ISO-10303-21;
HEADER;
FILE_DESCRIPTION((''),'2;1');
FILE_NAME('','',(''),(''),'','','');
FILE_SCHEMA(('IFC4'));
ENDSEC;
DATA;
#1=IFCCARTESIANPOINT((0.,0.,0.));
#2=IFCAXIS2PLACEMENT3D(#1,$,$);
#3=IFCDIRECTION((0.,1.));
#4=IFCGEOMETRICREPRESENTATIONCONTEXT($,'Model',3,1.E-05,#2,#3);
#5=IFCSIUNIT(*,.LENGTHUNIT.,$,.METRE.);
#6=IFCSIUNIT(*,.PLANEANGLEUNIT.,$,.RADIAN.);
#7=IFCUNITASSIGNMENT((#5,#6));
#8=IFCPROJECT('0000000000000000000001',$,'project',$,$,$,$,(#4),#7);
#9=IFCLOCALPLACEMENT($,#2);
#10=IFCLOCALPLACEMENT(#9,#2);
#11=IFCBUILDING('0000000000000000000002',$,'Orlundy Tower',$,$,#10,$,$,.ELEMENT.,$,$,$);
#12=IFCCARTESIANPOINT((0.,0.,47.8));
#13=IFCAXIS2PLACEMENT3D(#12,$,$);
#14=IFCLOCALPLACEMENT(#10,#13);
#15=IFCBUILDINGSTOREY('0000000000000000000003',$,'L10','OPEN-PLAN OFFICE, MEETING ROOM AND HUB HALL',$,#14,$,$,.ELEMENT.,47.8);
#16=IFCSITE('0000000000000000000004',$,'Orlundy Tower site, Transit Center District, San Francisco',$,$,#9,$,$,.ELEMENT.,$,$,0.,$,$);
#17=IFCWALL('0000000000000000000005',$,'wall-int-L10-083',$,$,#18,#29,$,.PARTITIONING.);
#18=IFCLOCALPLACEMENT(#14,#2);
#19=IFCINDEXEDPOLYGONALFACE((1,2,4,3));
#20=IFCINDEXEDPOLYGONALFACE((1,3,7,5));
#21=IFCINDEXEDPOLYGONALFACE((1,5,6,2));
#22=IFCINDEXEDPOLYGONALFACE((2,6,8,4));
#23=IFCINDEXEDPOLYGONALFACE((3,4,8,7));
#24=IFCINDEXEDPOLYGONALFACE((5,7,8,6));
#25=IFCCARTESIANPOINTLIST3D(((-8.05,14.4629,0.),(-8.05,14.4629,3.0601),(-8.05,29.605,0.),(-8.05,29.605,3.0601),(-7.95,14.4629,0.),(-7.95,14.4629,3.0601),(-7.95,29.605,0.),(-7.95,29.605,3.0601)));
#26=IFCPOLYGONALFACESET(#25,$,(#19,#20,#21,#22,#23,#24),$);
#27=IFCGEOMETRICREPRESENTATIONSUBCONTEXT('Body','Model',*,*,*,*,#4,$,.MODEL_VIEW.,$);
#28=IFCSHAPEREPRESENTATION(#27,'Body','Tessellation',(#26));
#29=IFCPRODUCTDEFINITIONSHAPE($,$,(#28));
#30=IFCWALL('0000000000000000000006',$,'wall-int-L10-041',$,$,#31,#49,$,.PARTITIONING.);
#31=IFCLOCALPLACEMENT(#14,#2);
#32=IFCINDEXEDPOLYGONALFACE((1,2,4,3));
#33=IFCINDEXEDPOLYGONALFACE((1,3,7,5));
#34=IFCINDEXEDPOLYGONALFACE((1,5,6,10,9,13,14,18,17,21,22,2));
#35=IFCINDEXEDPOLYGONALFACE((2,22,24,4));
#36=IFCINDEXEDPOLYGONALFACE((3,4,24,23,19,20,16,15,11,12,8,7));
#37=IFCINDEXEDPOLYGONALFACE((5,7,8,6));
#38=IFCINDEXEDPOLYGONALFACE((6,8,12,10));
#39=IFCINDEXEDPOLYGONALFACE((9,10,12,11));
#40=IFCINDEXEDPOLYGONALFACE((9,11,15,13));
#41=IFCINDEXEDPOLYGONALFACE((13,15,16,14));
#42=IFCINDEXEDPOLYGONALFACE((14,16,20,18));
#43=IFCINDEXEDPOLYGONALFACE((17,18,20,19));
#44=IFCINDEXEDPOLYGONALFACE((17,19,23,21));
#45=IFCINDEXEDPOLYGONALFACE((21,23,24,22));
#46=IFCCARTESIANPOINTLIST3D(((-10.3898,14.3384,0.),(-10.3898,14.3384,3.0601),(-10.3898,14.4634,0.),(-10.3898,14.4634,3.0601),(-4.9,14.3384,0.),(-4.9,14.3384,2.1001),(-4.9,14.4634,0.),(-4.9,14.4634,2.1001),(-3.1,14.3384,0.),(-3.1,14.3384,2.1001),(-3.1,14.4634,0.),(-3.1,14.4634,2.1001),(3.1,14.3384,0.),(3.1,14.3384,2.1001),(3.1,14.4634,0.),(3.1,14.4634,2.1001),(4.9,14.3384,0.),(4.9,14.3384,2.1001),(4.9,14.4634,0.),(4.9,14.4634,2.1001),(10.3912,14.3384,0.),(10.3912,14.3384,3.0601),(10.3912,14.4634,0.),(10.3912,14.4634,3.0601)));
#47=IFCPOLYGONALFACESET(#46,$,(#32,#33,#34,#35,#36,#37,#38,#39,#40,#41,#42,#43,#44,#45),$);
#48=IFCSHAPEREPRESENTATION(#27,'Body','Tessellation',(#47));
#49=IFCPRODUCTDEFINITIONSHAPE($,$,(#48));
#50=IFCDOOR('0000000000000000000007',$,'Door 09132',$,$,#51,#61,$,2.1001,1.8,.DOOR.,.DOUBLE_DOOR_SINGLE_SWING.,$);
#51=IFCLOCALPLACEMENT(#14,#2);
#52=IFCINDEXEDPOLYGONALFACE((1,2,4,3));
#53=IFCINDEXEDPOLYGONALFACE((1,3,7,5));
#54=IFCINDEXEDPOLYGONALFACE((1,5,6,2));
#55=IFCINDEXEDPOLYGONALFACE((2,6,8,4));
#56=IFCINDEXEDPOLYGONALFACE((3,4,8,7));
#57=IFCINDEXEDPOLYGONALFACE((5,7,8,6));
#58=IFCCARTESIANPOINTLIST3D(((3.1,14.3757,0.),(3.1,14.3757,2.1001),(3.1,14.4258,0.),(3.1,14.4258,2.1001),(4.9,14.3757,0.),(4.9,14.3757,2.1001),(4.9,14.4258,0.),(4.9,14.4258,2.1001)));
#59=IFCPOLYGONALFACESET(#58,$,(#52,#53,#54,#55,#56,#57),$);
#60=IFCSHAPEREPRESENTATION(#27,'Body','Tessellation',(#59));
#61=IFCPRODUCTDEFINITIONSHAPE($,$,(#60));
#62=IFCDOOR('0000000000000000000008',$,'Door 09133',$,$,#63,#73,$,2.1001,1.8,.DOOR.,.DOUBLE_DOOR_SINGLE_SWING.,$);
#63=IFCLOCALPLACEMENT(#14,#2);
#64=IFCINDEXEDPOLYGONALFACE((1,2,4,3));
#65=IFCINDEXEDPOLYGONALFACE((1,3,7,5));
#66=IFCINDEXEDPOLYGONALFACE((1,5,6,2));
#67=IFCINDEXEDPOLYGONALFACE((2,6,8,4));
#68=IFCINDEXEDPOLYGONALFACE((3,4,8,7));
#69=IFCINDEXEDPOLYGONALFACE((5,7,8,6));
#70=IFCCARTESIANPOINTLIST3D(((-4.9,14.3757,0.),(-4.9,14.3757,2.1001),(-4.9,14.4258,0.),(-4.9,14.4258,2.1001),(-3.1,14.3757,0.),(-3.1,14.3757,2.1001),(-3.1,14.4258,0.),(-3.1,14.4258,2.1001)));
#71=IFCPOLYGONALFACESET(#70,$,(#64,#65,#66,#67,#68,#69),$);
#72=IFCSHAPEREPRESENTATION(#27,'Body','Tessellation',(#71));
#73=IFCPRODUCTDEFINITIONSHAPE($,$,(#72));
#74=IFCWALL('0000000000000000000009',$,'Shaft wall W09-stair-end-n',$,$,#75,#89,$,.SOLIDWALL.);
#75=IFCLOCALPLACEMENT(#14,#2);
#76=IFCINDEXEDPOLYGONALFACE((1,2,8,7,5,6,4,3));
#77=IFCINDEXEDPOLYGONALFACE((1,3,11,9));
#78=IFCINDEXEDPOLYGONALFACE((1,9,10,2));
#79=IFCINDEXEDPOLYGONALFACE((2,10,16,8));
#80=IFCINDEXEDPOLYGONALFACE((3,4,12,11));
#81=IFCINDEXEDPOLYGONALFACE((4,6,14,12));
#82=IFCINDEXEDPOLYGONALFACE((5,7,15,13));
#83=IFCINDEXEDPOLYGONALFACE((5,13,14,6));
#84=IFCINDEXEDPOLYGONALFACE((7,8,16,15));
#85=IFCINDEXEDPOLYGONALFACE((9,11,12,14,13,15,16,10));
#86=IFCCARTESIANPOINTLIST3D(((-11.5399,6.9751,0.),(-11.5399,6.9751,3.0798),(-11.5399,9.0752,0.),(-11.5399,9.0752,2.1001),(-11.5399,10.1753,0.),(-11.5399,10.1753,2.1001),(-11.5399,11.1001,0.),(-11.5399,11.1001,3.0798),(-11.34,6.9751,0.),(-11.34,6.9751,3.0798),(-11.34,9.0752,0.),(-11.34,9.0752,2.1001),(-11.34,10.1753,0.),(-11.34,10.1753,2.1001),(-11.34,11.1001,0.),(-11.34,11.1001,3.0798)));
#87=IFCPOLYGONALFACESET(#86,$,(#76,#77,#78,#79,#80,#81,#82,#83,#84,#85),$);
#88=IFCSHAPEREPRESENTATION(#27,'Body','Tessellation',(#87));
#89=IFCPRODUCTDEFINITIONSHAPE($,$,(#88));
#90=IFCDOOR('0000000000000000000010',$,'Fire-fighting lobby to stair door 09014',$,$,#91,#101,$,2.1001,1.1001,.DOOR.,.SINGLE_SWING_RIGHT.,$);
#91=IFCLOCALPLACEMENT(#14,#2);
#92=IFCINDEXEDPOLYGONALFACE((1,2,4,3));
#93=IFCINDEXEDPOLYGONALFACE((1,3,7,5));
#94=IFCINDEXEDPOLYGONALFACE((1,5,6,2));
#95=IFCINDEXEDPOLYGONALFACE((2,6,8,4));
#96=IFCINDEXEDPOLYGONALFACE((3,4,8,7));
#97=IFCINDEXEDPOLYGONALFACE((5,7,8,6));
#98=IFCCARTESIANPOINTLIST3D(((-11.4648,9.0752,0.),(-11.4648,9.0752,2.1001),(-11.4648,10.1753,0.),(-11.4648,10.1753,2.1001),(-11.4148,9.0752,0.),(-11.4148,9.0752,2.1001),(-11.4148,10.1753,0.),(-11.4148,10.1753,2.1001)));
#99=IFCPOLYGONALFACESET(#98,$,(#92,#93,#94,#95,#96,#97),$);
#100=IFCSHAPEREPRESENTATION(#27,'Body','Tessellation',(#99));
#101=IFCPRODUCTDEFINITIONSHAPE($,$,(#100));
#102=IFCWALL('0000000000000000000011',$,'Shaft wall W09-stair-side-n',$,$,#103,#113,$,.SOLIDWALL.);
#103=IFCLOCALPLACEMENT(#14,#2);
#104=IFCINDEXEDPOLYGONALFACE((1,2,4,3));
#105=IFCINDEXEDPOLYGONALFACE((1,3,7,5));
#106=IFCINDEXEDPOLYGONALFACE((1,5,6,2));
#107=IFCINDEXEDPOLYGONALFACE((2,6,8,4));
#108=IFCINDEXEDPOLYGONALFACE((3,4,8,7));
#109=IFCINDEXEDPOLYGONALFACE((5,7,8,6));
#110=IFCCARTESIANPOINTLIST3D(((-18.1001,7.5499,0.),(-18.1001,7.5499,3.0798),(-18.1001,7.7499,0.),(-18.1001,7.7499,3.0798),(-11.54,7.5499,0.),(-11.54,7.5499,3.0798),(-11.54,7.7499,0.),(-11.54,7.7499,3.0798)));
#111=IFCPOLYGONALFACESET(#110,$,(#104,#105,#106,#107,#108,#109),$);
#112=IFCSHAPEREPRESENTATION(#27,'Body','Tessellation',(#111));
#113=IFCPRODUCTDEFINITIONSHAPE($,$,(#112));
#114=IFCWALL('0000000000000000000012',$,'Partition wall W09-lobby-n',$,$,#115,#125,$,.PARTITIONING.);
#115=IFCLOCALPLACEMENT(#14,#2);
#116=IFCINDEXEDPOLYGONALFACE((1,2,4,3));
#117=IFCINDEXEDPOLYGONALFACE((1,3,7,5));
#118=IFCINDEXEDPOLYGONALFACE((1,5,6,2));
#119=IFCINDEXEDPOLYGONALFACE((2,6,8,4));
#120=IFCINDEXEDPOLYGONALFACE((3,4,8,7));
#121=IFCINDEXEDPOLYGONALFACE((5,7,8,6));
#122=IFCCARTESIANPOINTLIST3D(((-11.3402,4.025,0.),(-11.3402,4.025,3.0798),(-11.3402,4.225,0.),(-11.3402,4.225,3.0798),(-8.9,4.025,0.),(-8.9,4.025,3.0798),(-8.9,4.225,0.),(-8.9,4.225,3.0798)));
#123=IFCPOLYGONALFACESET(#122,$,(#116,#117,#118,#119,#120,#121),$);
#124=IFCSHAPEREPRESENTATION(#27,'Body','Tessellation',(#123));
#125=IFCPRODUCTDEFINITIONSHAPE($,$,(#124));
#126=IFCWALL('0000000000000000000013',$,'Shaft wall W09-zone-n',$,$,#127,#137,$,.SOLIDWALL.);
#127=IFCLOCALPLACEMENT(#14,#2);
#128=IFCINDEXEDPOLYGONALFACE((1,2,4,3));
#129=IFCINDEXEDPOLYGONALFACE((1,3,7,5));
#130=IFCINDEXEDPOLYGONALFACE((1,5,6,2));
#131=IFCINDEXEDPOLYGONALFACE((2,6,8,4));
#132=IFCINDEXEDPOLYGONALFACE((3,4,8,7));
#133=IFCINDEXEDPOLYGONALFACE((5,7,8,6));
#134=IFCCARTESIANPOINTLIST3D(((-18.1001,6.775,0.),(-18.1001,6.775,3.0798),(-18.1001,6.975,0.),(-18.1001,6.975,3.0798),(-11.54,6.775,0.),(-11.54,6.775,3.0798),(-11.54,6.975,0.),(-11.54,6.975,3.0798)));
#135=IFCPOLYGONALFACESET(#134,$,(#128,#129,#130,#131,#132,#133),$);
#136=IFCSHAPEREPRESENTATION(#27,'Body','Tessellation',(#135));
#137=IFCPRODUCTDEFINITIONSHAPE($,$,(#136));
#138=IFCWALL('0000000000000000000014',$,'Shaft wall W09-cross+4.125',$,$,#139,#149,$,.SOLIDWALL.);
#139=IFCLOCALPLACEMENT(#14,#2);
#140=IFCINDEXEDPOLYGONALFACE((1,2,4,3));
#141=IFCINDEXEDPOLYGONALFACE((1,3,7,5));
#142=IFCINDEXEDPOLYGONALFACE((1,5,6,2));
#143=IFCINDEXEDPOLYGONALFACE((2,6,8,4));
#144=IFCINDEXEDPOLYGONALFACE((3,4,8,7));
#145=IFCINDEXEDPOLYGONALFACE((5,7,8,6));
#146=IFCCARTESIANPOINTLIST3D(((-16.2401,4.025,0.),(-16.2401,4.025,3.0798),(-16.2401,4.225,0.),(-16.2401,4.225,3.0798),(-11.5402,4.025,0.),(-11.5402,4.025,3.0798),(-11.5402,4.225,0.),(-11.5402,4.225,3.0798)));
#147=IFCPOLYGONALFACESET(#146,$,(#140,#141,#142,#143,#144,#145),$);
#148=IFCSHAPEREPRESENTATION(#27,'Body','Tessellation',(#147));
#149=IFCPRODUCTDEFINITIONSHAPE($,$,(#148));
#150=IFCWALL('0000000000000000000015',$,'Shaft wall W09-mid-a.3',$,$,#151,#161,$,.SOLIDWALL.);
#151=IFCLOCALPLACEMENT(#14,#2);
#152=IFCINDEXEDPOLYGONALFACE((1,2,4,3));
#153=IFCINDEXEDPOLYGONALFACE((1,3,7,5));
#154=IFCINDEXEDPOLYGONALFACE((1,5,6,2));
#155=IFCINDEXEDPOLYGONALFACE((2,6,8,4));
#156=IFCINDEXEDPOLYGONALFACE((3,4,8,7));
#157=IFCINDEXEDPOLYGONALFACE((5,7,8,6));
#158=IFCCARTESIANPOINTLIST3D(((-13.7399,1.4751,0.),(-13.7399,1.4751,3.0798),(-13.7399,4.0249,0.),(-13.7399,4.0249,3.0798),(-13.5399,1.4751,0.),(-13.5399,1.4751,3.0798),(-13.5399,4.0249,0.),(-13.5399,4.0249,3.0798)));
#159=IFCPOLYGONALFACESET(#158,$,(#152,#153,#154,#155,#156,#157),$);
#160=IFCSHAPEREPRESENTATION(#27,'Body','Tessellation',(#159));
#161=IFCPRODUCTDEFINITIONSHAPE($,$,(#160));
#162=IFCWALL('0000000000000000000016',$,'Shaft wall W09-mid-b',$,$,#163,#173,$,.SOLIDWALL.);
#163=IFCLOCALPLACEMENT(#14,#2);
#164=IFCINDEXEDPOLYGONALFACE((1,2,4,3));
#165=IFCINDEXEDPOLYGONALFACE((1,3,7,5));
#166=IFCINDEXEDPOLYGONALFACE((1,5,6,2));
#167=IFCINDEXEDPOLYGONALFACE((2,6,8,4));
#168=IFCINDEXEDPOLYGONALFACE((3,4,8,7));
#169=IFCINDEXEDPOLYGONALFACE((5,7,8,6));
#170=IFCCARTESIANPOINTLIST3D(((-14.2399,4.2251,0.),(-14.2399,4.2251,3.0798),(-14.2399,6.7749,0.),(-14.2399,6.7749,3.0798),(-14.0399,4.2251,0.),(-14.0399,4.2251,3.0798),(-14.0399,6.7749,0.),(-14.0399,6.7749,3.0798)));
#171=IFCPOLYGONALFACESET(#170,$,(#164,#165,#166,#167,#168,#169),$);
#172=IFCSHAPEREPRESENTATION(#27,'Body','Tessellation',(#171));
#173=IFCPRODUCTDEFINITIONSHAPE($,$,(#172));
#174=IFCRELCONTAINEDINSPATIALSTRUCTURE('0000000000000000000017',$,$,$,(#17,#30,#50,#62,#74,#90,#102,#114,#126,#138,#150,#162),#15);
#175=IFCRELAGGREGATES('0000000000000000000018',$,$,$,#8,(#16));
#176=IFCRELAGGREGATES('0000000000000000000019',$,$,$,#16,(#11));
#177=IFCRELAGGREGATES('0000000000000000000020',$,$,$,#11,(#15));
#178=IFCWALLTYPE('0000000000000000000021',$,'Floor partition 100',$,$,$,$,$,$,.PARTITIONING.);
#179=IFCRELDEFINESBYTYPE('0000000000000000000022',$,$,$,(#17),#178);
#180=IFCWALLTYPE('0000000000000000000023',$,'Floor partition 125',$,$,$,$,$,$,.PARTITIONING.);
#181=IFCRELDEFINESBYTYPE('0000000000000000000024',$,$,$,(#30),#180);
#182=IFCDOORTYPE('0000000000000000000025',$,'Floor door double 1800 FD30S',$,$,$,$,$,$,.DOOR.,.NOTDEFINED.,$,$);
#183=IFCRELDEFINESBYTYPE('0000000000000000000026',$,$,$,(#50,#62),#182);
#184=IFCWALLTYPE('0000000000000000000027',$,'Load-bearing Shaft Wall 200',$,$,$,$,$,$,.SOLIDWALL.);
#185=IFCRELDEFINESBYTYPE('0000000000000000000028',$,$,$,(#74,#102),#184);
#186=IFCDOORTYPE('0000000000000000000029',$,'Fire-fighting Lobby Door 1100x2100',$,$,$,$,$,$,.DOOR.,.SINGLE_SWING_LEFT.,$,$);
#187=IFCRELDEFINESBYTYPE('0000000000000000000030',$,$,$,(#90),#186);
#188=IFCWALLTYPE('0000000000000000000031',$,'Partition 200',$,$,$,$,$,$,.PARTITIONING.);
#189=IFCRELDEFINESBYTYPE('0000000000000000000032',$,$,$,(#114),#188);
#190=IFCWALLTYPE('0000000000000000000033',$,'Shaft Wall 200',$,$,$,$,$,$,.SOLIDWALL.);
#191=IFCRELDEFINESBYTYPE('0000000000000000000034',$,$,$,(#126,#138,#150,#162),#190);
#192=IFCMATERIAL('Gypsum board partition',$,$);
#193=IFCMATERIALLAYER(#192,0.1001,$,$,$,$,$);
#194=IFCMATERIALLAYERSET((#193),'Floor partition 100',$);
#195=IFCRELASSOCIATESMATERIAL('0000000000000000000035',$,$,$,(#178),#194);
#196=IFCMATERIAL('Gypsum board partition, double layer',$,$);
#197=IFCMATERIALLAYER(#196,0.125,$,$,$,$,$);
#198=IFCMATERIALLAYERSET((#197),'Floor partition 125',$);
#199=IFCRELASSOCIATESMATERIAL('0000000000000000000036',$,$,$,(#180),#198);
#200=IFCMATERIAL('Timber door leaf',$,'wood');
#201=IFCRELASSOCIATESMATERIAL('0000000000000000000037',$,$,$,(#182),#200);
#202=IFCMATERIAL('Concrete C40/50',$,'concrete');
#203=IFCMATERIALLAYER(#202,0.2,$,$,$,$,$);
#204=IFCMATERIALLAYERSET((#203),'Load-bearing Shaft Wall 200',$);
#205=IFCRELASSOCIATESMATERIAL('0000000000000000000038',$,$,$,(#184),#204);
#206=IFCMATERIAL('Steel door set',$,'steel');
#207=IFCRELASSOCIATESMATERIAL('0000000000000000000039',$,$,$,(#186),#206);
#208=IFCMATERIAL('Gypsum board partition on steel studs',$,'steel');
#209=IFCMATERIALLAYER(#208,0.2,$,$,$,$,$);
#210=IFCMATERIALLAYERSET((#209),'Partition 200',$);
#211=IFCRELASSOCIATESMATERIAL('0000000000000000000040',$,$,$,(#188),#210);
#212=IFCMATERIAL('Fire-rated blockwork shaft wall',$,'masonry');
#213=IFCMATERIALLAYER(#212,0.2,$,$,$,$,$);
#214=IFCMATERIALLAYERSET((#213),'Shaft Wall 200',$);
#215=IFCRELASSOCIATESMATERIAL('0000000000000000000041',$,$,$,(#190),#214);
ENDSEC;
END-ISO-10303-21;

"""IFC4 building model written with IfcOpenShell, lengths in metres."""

from ifc_helpers import new_model, si_unit, direction, frame, frame_2d, origin, place, context, subcontext, project, spatial, rectangle, extrude, material, layer, layer_set, type_object, element, fill, save


model = new_model("IFC4")

# Units and contexts
model_context = context("Model", 3, precision=1e-05, world=origin(), true_north=direction((0.0, 1.0)))
body_context = subcontext(model_context, "Body", "Model", "MODEL_VIEW")
ifc_project = project(units=[si_unit("LENGTHUNIT", "METRE"), si_unit("PLANEANGLEUNIT", "RADIAN")], contexts=[model_context])

# Site, building, storey
site_placement = place(None, origin())
site = spatial("IfcSite", under=ifc_project, at=site_placement, Name="Orlundy Tower site, Transit Center District, San Francisco", CompositionType="ELEMENT", RefElevation=0.0)
building_placement = place(site_placement, origin())
building = spatial("IfcBuilding", under=site, at=building_placement, Name="Orlundy Tower", CompositionType="ELEMENT")
storey_placement = place(building_placement, frame((0.0, 0.0, 47.8)))
storey = spatial("IfcBuildingStorey", under=building, at=storey_placement, Name="L10", Description="OPEN-PLAN OFFICE, MEETING ROOM AND HUB HALL", CompositionType="ELEMENT", Elevation=47.8)

# Wall
ifc_material_1 = material(Name="Gypsum board partition")
ifc_layer_1 = layer(ifc_material_1, 0.1001)
ifc_layer_set_1 = layer_set([ifc_layer_1], Name="Floor partition 100")
wall_type_1 = type_object("IfcWallType", Name="Floor partition 100", PredefinedType="PARTITIONING", material=ifc_layer_set_1)
wall_1_placement = place(storey_placement, frame((-8.0, 14.4629, 0.0), z_axis=(0.0, 0.0, 1.0), x_axis=(0.0, 1.0, 0.0)))
element("IfcWall", 1, at=wall_1_placement, inside=storey, type_object=wall_type_1, Name="wall-int-L10-083", PredefinedType="PARTITIONING", context=body_context, shape_type="SweptSolid", body=[
    extrude(rectangle(XDim=15.1421, YDim=0.1001, at=frame_2d((7.571, 0.0))), origin(), (0.0, 0.0, 1.0), 3.0601),
])

# Wall, openings, doors
ifc_material_2 = material(Name="Gypsum board partition, double layer")
ifc_layer_2 = layer(ifc_material_2, 0.125)
ifc_layer_set_2 = layer_set([ifc_layer_2], Name="Floor partition 125")
wall_type_2 = type_object("IfcWallType", Name="Floor partition 125", PredefinedType="PARTITIONING", material=ifc_layer_set_2)
wall_2_placement = place(storey_placement, frame((-10.3899, 14.4009, 0.0), z_axis=(0.0, 0.0, 1.0), x_axis=(1.0, 0.0, 0.0)))
wall_2 = element("IfcWall", 2, at=wall_2_placement, inside=storey, type_object=wall_type_2, Name="wall-int-L10-041", PredefinedType="PARTITIONING", context=body_context, shape_type="SweptSolid", body=[
    extrude(rectangle(XDim=20.781, YDim=0.125, at=frame_2d((10.3906, 0.0))), origin(), (0.0, 0.0, 1.0), 3.0601),
])
opening_1_placement = place(wall_2_placement, frame((13.49, 0.0, 0.0)))
opening_1 = element("IfcOpeningElement", 3, at=opening_1_placement, cuts=wall_2, PredefinedType="OPENING", context=body_context, shape_type="SweptSolid", body=[
    extrude(rectangle(XDim=1.8, YDim=2.1001, at=frame_2d((0.8999, 1.05))), frame((0.0, 0.0725, 0.0), z_axis=(0.0, -1.0, 0.0), x_axis=(1.0, 0.0, 0.0)), (0.0, 0.0, 1.0), 0.145),
])
opening_2_placement = place(wall_2_placement, frame((5.49, 0.0, 0.0)))
opening_2 = element("IfcOpeningElement", 4, at=opening_2_placement, cuts=wall_2, PredefinedType="OPENING", context=body_context, shape_type="SweptSolid", body=[
    extrude(rectangle(XDim=1.8, YDim=2.1001, at=frame_2d((0.8999, 1.05))), frame((0.0, 0.0725, 0.0), z_axis=(0.0, -1.0, 0.0), x_axis=(1.0, 0.0, 0.0)), (0.0, 0.0, 1.0), 0.145),
])
ifc_material_3 = material(Name="Timber door leaf", Category="wood")
door_type_1 = type_object("IfcDoorType", Name="Floor door double 1800 FD30S", OperationType="NOTDEFINED", PredefinedType="DOOR", material=ifc_material_3)
door_1_placement = place(opening_1_placement, origin())
door_1 = element("IfcDoor", 5, at=door_1_placement, inside=storey, type_object=door_type_1, Name="Door 09132", OperationType="DOUBLE_DOOR_SINGLE_SWING", OverallHeight=2.1001, OverallWidth=1.8, PredefinedType="DOOR", context=body_context, shape_type="SweptSolid", body=[
    extrude(rectangle(XDim=1.8, YDim=2.1001, at=frame_2d((0.8999, 1.05))), frame((0.0, 0.0249, 0.0), z_axis=(0.0, -1.0, 0.0), x_axis=(1.0, 0.0, 0.0)), (0.0, 0.0, 1.0), 0.05),
])
fill(opening_1, door_1)
door_2_placement = place(opening_2_placement, origin())
door_2 = element("IfcDoor", 6, at=door_2_placement, inside=storey, type_object=door_type_1, Name="Door 09133", OperationType="DOUBLE_DOOR_SINGLE_SWING", OverallHeight=2.1001, OverallWidth=1.8, PredefinedType="DOOR", context=body_context, shape_type="SweptSolid", body=[
    extrude(rectangle(XDim=1.8, YDim=2.1001, at=frame_2d((0.8999, 1.05))), frame((0.0, 0.0249, 0.0), z_axis=(0.0, -1.0, 0.0), x_axis=(1.0, 0.0, 0.0)), (0.0, 0.0, 1.0), 0.05),
])
fill(opening_2, door_2)

# Wall, opening, door
ifc_material_4 = material(Name="Concrete C40/50", Category="concrete")
ifc_layer_3 = layer(ifc_material_4, 0.2)
ifc_layer_set_3 = layer_set([ifc_layer_3], Name="Load-bearing Shaft Wall 200")
wall_type_3 = type_object("IfcWallType", Name="Load-bearing Shaft Wall 200", PredefinedType="SOLIDWALL", material=ifc_layer_set_3)
wall_3_placement = place(storey_placement, frame((-11.4399, 6.9751, 0.0), z_axis=(0.0, 0.0, 1.0), x_axis=(0.0, 1.0, 0.0)))
wall_3 = element("IfcWall", 7, at=wall_3_placement, inside=storey, type_object=wall_type_3, Name="Shaft wall W09-stair-end-n", PredefinedType="SOLIDWALL", context=body_context, shape_type="SweptSolid", body=[
    extrude(rectangle(XDim=4.125, YDim=0.2, at=frame_2d((2.0625, 0.0))), origin(), (0.0, 0.0, 1.0), 3.0798),
])
opening_3_placement = place(wall_3_placement, frame((2.1001, 0.0, 0.0)))
opening_3 = element("IfcOpeningElement", 8, at=opening_3_placement, cuts=wall_3, PredefinedType="OPENING", context=body_context, shape_type="SweptSolid", body=[
    extrude(rectangle(XDim=1.1001, YDim=2.1001, at=frame_2d((0.55, 1.05))), frame((0.0, 0.1101, 0.0), z_axis=(0.0, -1.0, 0.0), x_axis=(1.0, 0.0, 0.0)), (0.0, 0.0, 1.0), 0.2202),
])
ifc_material_5 = material(Name="Steel door set", Category="steel")
door_type_2 = type_object("IfcDoorType", Name="Fire-fighting Lobby Door 1100x2100", OperationType="SINGLE_SWING_LEFT", PredefinedType="DOOR", material=ifc_material_5)
door_3_placement = place(opening_3_placement, origin())
door_3 = element("IfcDoor", 9, at=door_3_placement, inside=storey, type_object=door_type_2, Name="Fire-fighting lobby to stair door 09014", OperationType="SINGLE_SWING_RIGHT", OverallHeight=2.1001, OverallWidth=1.1001, PredefinedType="DOOR", context=body_context, shape_type="SweptSolid", body=[
    extrude(rectangle(XDim=1.1001, YDim=2.1001, at=frame_2d((0.55, 1.05))), frame((0.0, 0.0249, 0.0), z_axis=(0.0, -1.0, 0.0), x_axis=(1.0, 0.0, 0.0)), (0.0, 0.0, 1.0), 0.05),
])
fill(opening_3, door_3)

# Walls
wall_4_placement = place(storey_placement, frame((-11.54, 7.6499, 0.0), z_axis=(0.0, 0.0, 1.0), x_axis=(-1.0, 0.0, 0.0)))
element("IfcWall", 10, at=wall_4_placement, inside=storey, type_object=wall_type_3, Name="Shaft wall W09-stair-side-n", PredefinedType="SOLIDWALL", context=body_context, shape_type="SweptSolid", body=[
    extrude(rectangle(XDim=6.5601, YDim=0.2, at=frame_2d((3.28, 0.0))), origin(), (0.0, 0.0, 1.0), 3.0798),
])
ifc_material_6 = material(Name="Gypsum board partition on steel studs", Category="steel")
ifc_layer_4 = layer(ifc_material_6, 0.2)
ifc_layer_set_4 = layer_set([ifc_layer_4], Name="Partition 200")
wall_type_4 = type_object("IfcWallType", Name="Partition 200", PredefinedType="PARTITIONING", material=ifc_layer_set_4)
wall_5_placement = place(storey_placement, frame((-8.8999, 4.125, 0.0), z_axis=(0.0, 0.0, 1.0), x_axis=(-1.0, 0.0, 0.0)))
element("IfcWall", 11, at=wall_5_placement, inside=storey, type_object=wall_type_4, Name="Partition wall W09-lobby-n", PredefinedType="PARTITIONING", context=body_context, shape_type="SweptSolid", body=[
    extrude(rectangle(XDim=2.4402, YDim=0.2, at=frame_2d((1.2202, 0.0))), origin(), (0.0, 0.0, 1.0), 3.0798),
])
ifc_material_7 = material(Name="Fire-rated blockwork shaft wall", Category="masonry")
ifc_layer_5 = layer(ifc_material_7, 0.2)
ifc_layer_set_5 = layer_set([ifc_layer_5], Name="Shaft Wall 200")
wall_type_5 = type_object("IfcWallType", Name="Shaft Wall 200", PredefinedType="SOLIDWALL", material=ifc_layer_set_5)
wall_6_placement = place(storey_placement, frame((-11.54, 6.875, 0.0), z_axis=(0.0, 0.0, 1.0), x_axis=(-1.0, 0.0, 0.0)))
element("IfcWall", 12, at=wall_6_placement, inside=storey, type_object=wall_type_5, Name="Shaft wall W09-zone-n", PredefinedType="SOLIDWALL", context=body_context, shape_type="SweptSolid", body=[
    extrude(rectangle(XDim=6.5601, YDim=0.2, at=frame_2d((3.28, 0.0))), origin(), (0.0, 0.0, 1.0), 3.0798),
])
wall_7_placement = place(storey_placement, frame((-11.54, 4.125, 0.0), z_axis=(0.0, 0.0, 1.0), x_axis=(-1.0, 0.0, 0.0)))
element("IfcWall", 13, at=wall_7_placement, inside=storey, type_object=wall_type_5, Name="Shaft wall W09-cross+4.125", PredefinedType="SOLIDWALL", context=body_context, shape_type="SweptSolid", body=[
    extrude(rectangle(XDim=4.7, YDim=0.2, at=frame_2d((2.3501, 0.0))), origin(), (0.0, 0.0, 1.0), 3.0798),
])
for number, where, z_axis, x_axis, name in (
    (14, (-13.6399, 1.4751, 0.0), (0.0, 0.0, 1.0), (0.0, 1.0, 0.0), "Shaft wall W09-mid-a.3"),
    (15, (-14.1399, 4.2251, 0.0), (0.0, 0.0, 1.0), (0.0, 1.0, 0.0), "Shaft wall W09-mid-b"),
):
    element("IfcWall", number, at=place(storey_placement, frame(where, z_axis=z_axis, x_axis=x_axis)), inside=storey, type_object=wall_type_5, Name=name, PredefinedType="SOLIDWALL", context=body_context, shape_type="SweptSolid", body=[
        extrude(rectangle(XDim=2.5498, YDim=0.2, at=frame_2d((1.2749, 0.0))), origin(), (0.0, 0.0, 1.0), 3.0798),
    ])

save(model, "model.ifc")
